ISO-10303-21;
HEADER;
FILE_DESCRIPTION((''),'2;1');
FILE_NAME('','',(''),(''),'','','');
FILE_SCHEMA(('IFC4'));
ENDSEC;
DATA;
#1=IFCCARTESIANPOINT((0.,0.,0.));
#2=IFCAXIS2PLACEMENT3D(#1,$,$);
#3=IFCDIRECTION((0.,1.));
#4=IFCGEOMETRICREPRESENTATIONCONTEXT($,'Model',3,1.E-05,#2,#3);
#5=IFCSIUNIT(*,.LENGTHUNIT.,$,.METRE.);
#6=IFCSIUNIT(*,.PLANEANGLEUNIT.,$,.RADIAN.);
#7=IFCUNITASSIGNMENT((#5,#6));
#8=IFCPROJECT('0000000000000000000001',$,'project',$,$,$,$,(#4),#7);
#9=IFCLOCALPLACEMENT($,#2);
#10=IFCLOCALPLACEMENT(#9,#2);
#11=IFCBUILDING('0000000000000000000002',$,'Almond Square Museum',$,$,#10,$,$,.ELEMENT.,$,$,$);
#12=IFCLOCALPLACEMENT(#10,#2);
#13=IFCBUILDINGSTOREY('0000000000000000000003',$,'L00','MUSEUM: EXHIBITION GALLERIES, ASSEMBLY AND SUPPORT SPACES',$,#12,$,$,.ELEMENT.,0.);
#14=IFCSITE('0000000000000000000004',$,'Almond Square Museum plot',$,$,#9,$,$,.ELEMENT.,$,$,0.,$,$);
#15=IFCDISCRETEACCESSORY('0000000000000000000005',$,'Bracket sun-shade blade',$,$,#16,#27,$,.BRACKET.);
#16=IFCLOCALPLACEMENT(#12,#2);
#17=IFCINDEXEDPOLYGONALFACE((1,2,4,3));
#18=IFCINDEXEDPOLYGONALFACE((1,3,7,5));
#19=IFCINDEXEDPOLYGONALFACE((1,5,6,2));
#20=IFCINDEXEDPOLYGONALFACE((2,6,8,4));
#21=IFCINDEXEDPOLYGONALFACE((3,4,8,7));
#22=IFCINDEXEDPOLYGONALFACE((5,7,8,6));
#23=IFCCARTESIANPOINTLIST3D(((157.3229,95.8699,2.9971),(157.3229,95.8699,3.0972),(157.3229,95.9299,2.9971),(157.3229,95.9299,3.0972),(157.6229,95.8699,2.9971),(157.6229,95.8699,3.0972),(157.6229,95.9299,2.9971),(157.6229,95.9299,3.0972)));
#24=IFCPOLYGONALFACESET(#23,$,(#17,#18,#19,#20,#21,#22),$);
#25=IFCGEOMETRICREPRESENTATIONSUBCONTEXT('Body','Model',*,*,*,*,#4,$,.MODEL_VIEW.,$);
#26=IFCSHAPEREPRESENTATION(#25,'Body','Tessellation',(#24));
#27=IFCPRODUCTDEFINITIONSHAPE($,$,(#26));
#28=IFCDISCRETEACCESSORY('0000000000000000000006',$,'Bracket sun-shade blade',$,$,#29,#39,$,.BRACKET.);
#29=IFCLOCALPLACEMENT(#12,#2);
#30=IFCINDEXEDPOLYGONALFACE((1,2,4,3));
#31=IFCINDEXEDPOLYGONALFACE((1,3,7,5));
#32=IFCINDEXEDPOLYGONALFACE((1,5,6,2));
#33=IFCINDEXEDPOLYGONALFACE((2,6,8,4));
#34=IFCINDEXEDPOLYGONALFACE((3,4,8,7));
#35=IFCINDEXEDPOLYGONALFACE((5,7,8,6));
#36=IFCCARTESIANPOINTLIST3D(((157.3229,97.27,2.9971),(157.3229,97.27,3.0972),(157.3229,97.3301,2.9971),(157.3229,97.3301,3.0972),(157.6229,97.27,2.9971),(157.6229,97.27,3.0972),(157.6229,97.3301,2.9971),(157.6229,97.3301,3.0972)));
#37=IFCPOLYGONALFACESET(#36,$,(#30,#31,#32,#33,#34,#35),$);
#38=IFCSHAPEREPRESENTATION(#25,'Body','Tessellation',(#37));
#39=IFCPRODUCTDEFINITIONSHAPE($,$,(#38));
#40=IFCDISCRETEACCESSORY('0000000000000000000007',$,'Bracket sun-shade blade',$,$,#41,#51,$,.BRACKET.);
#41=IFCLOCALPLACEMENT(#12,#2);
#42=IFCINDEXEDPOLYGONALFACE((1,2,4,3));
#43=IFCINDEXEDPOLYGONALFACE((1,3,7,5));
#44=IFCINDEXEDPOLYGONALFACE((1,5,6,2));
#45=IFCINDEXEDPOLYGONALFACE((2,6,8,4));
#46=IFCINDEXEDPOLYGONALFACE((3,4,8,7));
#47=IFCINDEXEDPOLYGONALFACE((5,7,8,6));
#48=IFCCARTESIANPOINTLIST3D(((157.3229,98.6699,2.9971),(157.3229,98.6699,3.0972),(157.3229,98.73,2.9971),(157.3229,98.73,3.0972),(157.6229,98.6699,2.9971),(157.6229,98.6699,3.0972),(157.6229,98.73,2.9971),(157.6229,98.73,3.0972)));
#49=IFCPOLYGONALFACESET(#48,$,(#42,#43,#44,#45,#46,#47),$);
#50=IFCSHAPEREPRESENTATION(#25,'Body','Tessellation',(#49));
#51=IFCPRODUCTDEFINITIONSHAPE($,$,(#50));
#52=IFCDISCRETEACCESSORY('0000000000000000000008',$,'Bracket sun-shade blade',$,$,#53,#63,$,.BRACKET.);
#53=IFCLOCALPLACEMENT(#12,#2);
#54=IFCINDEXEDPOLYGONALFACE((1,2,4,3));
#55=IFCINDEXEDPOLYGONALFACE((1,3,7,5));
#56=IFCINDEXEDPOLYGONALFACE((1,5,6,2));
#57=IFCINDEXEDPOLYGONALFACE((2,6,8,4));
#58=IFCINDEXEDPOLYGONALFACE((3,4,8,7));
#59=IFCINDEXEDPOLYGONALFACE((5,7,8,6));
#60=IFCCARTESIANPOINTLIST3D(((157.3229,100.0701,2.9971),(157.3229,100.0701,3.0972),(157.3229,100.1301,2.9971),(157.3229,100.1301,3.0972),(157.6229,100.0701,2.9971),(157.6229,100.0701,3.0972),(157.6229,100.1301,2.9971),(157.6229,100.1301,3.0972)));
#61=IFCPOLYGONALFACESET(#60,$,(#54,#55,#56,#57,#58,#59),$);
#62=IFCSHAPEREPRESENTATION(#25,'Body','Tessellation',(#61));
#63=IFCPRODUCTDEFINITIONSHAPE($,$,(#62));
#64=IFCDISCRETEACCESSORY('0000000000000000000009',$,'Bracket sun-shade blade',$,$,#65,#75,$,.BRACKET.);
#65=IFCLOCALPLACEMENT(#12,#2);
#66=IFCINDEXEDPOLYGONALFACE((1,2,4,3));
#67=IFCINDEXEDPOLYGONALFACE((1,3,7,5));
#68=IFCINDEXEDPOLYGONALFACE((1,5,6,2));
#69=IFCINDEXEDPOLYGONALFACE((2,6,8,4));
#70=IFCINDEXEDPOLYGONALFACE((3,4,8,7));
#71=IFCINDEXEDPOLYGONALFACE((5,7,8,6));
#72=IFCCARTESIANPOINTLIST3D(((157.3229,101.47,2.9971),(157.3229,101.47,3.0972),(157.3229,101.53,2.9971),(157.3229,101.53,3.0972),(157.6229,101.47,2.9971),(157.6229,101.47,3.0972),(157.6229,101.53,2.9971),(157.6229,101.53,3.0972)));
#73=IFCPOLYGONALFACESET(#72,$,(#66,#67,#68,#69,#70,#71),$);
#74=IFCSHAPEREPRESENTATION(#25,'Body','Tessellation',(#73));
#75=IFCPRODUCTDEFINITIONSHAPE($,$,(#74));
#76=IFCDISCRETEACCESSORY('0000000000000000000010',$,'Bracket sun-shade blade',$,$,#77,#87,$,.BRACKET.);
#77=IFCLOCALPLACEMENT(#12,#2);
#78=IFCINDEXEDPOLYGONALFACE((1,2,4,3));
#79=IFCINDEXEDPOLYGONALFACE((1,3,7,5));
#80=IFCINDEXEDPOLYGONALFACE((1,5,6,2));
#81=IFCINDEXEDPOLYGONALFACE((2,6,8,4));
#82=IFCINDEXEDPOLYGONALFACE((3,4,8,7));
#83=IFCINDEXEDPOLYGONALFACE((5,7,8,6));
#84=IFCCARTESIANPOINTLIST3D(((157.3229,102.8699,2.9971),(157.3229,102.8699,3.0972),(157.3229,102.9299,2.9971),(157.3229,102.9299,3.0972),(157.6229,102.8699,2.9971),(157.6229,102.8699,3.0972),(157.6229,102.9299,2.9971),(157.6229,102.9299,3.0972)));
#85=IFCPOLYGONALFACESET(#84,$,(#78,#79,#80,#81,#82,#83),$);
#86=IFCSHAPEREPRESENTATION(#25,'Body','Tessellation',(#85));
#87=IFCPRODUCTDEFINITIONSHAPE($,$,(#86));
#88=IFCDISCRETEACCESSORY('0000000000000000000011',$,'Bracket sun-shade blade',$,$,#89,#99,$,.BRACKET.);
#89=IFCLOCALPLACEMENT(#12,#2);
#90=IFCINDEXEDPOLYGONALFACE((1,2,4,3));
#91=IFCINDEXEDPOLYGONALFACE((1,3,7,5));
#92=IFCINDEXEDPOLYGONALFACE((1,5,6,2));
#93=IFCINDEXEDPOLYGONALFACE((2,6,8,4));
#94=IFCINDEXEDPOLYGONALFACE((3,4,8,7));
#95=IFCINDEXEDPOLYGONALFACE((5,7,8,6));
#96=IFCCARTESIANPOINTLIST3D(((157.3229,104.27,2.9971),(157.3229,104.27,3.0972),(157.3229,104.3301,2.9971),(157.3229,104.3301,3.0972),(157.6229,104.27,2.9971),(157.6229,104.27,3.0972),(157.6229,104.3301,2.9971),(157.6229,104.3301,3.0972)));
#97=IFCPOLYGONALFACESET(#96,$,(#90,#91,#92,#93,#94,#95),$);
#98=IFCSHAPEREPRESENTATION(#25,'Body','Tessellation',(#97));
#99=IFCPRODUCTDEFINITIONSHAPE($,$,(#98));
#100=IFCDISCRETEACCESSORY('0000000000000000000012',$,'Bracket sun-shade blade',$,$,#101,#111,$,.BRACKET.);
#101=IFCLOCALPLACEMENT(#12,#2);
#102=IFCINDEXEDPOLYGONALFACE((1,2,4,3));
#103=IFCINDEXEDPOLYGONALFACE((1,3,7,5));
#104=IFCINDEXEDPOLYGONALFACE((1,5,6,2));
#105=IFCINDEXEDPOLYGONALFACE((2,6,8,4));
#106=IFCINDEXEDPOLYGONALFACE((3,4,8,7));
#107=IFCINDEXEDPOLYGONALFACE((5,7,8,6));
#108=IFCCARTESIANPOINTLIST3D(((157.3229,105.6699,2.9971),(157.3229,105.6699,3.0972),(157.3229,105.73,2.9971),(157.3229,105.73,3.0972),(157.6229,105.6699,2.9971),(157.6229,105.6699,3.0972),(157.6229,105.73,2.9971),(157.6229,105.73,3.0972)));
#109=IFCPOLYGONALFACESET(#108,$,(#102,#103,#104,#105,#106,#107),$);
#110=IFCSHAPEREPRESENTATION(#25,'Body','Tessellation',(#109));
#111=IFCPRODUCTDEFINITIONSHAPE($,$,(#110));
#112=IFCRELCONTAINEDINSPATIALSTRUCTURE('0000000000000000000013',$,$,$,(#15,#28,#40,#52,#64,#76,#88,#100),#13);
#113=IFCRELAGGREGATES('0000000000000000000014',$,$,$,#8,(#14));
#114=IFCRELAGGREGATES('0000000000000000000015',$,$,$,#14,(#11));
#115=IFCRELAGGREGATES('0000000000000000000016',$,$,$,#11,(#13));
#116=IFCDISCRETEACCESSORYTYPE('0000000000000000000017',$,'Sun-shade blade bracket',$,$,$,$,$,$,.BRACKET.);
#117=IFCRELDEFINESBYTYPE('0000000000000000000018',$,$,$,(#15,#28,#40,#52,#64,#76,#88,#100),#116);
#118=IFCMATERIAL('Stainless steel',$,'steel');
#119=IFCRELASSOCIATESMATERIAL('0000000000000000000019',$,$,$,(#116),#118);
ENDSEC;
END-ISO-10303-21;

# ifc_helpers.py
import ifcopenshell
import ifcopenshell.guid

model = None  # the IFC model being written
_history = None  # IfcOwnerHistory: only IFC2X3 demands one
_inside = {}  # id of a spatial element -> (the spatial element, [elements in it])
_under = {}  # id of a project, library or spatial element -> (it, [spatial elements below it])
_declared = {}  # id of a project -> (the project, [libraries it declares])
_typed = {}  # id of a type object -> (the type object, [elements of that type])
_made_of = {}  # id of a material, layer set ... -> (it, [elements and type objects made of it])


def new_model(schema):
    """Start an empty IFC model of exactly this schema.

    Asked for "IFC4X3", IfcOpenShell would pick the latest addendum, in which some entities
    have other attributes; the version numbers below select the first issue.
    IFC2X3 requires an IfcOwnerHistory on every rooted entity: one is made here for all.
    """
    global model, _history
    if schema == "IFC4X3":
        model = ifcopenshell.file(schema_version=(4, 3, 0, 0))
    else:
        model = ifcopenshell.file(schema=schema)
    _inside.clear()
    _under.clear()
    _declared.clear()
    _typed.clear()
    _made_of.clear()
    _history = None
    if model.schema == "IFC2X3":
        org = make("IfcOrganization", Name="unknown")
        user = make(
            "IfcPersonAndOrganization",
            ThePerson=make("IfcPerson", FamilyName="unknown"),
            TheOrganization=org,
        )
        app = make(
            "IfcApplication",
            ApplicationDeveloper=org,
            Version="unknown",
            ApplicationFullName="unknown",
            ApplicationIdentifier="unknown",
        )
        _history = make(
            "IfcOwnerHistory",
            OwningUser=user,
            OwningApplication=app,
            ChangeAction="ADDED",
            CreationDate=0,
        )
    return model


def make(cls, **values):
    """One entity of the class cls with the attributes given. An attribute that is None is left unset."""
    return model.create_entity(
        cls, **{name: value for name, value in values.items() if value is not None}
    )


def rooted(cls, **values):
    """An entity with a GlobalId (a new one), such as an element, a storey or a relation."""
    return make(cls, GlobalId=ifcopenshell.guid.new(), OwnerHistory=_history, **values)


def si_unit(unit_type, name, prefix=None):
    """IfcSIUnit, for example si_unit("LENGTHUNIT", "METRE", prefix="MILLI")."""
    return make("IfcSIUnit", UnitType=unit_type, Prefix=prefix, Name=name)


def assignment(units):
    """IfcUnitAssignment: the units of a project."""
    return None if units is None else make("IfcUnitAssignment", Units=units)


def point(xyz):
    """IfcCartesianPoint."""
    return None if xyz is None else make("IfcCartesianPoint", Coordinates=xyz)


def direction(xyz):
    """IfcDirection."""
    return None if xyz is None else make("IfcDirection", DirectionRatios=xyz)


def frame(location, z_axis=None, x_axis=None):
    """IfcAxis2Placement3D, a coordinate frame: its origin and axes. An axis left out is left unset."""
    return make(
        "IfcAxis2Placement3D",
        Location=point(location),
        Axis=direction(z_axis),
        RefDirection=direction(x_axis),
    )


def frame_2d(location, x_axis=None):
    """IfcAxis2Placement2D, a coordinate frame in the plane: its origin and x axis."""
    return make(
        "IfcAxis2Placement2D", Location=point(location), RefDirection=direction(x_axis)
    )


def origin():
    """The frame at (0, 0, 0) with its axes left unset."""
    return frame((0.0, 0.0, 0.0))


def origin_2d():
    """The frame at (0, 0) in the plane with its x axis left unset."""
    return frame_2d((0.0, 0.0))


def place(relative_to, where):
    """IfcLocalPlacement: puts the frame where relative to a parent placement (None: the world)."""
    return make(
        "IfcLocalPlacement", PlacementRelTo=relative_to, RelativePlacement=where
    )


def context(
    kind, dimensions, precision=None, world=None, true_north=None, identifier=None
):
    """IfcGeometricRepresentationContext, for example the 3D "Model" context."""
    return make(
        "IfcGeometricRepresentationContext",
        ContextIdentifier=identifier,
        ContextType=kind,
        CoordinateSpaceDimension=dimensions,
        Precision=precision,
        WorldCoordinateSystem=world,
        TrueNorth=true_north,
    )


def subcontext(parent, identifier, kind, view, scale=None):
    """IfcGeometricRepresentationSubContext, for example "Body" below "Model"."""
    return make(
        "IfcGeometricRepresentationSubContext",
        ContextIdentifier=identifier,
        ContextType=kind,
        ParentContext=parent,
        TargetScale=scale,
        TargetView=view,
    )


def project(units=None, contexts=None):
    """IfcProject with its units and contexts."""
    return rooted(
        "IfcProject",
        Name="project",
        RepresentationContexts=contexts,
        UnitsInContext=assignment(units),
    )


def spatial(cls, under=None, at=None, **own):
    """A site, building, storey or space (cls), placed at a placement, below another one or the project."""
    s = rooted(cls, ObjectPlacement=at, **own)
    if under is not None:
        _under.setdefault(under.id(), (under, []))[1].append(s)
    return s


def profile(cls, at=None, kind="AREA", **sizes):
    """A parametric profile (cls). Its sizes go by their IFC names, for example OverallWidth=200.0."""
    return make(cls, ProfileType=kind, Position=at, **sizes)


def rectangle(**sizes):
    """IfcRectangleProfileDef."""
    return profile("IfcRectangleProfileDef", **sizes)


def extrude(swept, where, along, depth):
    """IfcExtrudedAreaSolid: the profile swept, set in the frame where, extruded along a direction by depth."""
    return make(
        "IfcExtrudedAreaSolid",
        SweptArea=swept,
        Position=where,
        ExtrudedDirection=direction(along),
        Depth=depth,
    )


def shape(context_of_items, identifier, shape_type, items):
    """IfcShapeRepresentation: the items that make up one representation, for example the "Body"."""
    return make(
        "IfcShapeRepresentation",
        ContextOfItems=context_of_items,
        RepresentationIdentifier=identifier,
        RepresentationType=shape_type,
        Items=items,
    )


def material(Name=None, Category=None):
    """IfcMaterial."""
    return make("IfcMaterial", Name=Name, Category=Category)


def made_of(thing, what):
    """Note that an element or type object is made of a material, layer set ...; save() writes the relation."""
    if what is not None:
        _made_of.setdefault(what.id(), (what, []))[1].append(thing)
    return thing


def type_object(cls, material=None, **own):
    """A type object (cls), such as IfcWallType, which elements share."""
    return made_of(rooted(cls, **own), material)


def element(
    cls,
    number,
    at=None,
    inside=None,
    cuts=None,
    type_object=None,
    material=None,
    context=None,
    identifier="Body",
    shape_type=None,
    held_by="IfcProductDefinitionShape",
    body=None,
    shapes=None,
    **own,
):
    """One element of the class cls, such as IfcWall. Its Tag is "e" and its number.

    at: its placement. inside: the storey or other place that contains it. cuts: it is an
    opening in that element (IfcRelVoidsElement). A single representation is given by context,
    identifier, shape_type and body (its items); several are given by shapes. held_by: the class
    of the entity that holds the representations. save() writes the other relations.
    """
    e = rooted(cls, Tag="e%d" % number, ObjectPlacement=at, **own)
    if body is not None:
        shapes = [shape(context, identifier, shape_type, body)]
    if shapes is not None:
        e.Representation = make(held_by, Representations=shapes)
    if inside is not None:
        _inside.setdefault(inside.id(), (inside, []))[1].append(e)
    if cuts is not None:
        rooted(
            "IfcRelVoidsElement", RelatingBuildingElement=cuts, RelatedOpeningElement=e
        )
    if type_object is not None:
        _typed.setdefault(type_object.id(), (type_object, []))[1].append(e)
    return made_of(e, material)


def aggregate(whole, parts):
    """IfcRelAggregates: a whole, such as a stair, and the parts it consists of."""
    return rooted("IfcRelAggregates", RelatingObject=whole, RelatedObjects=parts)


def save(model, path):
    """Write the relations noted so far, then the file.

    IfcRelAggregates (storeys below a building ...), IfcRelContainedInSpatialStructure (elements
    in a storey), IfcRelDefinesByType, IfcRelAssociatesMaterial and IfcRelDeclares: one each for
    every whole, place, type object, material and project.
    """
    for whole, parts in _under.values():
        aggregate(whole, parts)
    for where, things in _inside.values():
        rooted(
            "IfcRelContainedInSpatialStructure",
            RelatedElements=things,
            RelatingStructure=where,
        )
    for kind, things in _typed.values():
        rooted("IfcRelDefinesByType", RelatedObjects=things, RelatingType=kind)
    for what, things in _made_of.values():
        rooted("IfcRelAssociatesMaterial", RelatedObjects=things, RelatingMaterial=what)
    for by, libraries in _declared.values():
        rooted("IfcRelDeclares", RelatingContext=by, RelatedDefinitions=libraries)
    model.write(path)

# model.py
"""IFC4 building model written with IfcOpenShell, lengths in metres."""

from ifc_helpers import new_model, si_unit, direction, frame, origin, origin_2d, place, context, subcontext, project, spatial, rectangle, extrude, material, type_object, element, save


model = new_model("IFC4")

# Units and contexts
model_context = context("Model", 3, precision=1e-05, world=origin(), true_north=direction((0.0, 1.0)))
body_context = subcontext(model_context, "Body", "Model", "MODEL_VIEW")
ifc_project = project(units=[si_unit("LENGTHUNIT", "METRE"), si_unit("PLANEANGLEUNIT", "RADIAN")], contexts=[model_context])

# Site, building, storey
site_placement = place(None, origin())
site = spatial("IfcSite", under=ifc_project, at=site_placement, Name="Almond Square Museum plot", CompositionType="ELEMENT", RefElevation=0.0)
building_placement = place(site_placement, origin())
building = spatial("IfcBuilding", under=site, at=building_placement, Name="Almond Square Museum", CompositionType="ELEMENT")
storey_placement = place(building_placement, origin())
storey = spatial("IfcBuildingStorey", under=building, at=storey_placement, Name="L00", Description="MUSEUM: EXHIBITION GALLERIES, ASSEMBLY AND SUPPORT SPACES", CompositionType="ELEMENT", Elevation=0.0)

# Discrete accessories
ifc_material_1 = material(Name="Stainless steel", Category="steel")
discrete_accessory_type = type_object("IfcDiscreteAccessoryType", Name="Sun-shade blade bracket", PredefinedType="BRACKET", material=ifc_material_1)
for number, where, z_axis, x_axis, name in (
    (1, (157.4729, 95.8999, 2.9971), (0.0, 0.0, 1.0), (1.0, 0.0, 0.0), "Bracket sun-shade blade"),
    (2, (157.4729, 97.3, 2.9971), (0.0, 0.0, 1.0), (1.0, 0.0, 0.0), "Bracket sun-shade blade"),
    (3, (157.4729, 98.7, 2.9971), (0.0, 0.0, 1.0), (1.0, 0.0, 0.0), "Bracket sun-shade blade"),
    (4, (157.4729, 100.1001, 2.9971), (0.0, 0.0, 1.0), (1.0, 0.0, 0.0), "Bracket sun-shade blade"),
    (5, (157.4729, 101.5, 2.9971), (0.0, 0.0, 1.0), (1.0, 0.0, 0.0), "Bracket sun-shade blade"),
    (6, (157.4729, 102.8999, 2.9971), (0.0, 0.0, 1.0), (1.0, 0.0, 0.0), "Bracket sun-shade blade"),
    (7, (157.4729, 104.3, 2.9971), (0.0, 0.0, 1.0), (1.0, 0.0, 0.0), "Bracket sun-shade blade"),
    (8, (157.4729, 105.7, 2.9971), (0.0, 0.0, 1.0), (1.0, 0.0, 0.0), "Bracket sun-shade blade"),
):
    element("IfcDiscreteAccessory", number, at=place(storey_placement, frame(where, z_axis=z_axis, x_axis=x_axis)), inside=storey, type_object=discrete_accessory_type, Name=name, PredefinedType="BRACKET", context=body_context, shape_type="SweptSolid", body=[
        extrude(rectangle(XDim=0.3, YDim=0.0601, at=origin_2d()), origin(), (0.0, 0.0, 1.0), 0.1001),
    ])

save(model, "model.ifc")
